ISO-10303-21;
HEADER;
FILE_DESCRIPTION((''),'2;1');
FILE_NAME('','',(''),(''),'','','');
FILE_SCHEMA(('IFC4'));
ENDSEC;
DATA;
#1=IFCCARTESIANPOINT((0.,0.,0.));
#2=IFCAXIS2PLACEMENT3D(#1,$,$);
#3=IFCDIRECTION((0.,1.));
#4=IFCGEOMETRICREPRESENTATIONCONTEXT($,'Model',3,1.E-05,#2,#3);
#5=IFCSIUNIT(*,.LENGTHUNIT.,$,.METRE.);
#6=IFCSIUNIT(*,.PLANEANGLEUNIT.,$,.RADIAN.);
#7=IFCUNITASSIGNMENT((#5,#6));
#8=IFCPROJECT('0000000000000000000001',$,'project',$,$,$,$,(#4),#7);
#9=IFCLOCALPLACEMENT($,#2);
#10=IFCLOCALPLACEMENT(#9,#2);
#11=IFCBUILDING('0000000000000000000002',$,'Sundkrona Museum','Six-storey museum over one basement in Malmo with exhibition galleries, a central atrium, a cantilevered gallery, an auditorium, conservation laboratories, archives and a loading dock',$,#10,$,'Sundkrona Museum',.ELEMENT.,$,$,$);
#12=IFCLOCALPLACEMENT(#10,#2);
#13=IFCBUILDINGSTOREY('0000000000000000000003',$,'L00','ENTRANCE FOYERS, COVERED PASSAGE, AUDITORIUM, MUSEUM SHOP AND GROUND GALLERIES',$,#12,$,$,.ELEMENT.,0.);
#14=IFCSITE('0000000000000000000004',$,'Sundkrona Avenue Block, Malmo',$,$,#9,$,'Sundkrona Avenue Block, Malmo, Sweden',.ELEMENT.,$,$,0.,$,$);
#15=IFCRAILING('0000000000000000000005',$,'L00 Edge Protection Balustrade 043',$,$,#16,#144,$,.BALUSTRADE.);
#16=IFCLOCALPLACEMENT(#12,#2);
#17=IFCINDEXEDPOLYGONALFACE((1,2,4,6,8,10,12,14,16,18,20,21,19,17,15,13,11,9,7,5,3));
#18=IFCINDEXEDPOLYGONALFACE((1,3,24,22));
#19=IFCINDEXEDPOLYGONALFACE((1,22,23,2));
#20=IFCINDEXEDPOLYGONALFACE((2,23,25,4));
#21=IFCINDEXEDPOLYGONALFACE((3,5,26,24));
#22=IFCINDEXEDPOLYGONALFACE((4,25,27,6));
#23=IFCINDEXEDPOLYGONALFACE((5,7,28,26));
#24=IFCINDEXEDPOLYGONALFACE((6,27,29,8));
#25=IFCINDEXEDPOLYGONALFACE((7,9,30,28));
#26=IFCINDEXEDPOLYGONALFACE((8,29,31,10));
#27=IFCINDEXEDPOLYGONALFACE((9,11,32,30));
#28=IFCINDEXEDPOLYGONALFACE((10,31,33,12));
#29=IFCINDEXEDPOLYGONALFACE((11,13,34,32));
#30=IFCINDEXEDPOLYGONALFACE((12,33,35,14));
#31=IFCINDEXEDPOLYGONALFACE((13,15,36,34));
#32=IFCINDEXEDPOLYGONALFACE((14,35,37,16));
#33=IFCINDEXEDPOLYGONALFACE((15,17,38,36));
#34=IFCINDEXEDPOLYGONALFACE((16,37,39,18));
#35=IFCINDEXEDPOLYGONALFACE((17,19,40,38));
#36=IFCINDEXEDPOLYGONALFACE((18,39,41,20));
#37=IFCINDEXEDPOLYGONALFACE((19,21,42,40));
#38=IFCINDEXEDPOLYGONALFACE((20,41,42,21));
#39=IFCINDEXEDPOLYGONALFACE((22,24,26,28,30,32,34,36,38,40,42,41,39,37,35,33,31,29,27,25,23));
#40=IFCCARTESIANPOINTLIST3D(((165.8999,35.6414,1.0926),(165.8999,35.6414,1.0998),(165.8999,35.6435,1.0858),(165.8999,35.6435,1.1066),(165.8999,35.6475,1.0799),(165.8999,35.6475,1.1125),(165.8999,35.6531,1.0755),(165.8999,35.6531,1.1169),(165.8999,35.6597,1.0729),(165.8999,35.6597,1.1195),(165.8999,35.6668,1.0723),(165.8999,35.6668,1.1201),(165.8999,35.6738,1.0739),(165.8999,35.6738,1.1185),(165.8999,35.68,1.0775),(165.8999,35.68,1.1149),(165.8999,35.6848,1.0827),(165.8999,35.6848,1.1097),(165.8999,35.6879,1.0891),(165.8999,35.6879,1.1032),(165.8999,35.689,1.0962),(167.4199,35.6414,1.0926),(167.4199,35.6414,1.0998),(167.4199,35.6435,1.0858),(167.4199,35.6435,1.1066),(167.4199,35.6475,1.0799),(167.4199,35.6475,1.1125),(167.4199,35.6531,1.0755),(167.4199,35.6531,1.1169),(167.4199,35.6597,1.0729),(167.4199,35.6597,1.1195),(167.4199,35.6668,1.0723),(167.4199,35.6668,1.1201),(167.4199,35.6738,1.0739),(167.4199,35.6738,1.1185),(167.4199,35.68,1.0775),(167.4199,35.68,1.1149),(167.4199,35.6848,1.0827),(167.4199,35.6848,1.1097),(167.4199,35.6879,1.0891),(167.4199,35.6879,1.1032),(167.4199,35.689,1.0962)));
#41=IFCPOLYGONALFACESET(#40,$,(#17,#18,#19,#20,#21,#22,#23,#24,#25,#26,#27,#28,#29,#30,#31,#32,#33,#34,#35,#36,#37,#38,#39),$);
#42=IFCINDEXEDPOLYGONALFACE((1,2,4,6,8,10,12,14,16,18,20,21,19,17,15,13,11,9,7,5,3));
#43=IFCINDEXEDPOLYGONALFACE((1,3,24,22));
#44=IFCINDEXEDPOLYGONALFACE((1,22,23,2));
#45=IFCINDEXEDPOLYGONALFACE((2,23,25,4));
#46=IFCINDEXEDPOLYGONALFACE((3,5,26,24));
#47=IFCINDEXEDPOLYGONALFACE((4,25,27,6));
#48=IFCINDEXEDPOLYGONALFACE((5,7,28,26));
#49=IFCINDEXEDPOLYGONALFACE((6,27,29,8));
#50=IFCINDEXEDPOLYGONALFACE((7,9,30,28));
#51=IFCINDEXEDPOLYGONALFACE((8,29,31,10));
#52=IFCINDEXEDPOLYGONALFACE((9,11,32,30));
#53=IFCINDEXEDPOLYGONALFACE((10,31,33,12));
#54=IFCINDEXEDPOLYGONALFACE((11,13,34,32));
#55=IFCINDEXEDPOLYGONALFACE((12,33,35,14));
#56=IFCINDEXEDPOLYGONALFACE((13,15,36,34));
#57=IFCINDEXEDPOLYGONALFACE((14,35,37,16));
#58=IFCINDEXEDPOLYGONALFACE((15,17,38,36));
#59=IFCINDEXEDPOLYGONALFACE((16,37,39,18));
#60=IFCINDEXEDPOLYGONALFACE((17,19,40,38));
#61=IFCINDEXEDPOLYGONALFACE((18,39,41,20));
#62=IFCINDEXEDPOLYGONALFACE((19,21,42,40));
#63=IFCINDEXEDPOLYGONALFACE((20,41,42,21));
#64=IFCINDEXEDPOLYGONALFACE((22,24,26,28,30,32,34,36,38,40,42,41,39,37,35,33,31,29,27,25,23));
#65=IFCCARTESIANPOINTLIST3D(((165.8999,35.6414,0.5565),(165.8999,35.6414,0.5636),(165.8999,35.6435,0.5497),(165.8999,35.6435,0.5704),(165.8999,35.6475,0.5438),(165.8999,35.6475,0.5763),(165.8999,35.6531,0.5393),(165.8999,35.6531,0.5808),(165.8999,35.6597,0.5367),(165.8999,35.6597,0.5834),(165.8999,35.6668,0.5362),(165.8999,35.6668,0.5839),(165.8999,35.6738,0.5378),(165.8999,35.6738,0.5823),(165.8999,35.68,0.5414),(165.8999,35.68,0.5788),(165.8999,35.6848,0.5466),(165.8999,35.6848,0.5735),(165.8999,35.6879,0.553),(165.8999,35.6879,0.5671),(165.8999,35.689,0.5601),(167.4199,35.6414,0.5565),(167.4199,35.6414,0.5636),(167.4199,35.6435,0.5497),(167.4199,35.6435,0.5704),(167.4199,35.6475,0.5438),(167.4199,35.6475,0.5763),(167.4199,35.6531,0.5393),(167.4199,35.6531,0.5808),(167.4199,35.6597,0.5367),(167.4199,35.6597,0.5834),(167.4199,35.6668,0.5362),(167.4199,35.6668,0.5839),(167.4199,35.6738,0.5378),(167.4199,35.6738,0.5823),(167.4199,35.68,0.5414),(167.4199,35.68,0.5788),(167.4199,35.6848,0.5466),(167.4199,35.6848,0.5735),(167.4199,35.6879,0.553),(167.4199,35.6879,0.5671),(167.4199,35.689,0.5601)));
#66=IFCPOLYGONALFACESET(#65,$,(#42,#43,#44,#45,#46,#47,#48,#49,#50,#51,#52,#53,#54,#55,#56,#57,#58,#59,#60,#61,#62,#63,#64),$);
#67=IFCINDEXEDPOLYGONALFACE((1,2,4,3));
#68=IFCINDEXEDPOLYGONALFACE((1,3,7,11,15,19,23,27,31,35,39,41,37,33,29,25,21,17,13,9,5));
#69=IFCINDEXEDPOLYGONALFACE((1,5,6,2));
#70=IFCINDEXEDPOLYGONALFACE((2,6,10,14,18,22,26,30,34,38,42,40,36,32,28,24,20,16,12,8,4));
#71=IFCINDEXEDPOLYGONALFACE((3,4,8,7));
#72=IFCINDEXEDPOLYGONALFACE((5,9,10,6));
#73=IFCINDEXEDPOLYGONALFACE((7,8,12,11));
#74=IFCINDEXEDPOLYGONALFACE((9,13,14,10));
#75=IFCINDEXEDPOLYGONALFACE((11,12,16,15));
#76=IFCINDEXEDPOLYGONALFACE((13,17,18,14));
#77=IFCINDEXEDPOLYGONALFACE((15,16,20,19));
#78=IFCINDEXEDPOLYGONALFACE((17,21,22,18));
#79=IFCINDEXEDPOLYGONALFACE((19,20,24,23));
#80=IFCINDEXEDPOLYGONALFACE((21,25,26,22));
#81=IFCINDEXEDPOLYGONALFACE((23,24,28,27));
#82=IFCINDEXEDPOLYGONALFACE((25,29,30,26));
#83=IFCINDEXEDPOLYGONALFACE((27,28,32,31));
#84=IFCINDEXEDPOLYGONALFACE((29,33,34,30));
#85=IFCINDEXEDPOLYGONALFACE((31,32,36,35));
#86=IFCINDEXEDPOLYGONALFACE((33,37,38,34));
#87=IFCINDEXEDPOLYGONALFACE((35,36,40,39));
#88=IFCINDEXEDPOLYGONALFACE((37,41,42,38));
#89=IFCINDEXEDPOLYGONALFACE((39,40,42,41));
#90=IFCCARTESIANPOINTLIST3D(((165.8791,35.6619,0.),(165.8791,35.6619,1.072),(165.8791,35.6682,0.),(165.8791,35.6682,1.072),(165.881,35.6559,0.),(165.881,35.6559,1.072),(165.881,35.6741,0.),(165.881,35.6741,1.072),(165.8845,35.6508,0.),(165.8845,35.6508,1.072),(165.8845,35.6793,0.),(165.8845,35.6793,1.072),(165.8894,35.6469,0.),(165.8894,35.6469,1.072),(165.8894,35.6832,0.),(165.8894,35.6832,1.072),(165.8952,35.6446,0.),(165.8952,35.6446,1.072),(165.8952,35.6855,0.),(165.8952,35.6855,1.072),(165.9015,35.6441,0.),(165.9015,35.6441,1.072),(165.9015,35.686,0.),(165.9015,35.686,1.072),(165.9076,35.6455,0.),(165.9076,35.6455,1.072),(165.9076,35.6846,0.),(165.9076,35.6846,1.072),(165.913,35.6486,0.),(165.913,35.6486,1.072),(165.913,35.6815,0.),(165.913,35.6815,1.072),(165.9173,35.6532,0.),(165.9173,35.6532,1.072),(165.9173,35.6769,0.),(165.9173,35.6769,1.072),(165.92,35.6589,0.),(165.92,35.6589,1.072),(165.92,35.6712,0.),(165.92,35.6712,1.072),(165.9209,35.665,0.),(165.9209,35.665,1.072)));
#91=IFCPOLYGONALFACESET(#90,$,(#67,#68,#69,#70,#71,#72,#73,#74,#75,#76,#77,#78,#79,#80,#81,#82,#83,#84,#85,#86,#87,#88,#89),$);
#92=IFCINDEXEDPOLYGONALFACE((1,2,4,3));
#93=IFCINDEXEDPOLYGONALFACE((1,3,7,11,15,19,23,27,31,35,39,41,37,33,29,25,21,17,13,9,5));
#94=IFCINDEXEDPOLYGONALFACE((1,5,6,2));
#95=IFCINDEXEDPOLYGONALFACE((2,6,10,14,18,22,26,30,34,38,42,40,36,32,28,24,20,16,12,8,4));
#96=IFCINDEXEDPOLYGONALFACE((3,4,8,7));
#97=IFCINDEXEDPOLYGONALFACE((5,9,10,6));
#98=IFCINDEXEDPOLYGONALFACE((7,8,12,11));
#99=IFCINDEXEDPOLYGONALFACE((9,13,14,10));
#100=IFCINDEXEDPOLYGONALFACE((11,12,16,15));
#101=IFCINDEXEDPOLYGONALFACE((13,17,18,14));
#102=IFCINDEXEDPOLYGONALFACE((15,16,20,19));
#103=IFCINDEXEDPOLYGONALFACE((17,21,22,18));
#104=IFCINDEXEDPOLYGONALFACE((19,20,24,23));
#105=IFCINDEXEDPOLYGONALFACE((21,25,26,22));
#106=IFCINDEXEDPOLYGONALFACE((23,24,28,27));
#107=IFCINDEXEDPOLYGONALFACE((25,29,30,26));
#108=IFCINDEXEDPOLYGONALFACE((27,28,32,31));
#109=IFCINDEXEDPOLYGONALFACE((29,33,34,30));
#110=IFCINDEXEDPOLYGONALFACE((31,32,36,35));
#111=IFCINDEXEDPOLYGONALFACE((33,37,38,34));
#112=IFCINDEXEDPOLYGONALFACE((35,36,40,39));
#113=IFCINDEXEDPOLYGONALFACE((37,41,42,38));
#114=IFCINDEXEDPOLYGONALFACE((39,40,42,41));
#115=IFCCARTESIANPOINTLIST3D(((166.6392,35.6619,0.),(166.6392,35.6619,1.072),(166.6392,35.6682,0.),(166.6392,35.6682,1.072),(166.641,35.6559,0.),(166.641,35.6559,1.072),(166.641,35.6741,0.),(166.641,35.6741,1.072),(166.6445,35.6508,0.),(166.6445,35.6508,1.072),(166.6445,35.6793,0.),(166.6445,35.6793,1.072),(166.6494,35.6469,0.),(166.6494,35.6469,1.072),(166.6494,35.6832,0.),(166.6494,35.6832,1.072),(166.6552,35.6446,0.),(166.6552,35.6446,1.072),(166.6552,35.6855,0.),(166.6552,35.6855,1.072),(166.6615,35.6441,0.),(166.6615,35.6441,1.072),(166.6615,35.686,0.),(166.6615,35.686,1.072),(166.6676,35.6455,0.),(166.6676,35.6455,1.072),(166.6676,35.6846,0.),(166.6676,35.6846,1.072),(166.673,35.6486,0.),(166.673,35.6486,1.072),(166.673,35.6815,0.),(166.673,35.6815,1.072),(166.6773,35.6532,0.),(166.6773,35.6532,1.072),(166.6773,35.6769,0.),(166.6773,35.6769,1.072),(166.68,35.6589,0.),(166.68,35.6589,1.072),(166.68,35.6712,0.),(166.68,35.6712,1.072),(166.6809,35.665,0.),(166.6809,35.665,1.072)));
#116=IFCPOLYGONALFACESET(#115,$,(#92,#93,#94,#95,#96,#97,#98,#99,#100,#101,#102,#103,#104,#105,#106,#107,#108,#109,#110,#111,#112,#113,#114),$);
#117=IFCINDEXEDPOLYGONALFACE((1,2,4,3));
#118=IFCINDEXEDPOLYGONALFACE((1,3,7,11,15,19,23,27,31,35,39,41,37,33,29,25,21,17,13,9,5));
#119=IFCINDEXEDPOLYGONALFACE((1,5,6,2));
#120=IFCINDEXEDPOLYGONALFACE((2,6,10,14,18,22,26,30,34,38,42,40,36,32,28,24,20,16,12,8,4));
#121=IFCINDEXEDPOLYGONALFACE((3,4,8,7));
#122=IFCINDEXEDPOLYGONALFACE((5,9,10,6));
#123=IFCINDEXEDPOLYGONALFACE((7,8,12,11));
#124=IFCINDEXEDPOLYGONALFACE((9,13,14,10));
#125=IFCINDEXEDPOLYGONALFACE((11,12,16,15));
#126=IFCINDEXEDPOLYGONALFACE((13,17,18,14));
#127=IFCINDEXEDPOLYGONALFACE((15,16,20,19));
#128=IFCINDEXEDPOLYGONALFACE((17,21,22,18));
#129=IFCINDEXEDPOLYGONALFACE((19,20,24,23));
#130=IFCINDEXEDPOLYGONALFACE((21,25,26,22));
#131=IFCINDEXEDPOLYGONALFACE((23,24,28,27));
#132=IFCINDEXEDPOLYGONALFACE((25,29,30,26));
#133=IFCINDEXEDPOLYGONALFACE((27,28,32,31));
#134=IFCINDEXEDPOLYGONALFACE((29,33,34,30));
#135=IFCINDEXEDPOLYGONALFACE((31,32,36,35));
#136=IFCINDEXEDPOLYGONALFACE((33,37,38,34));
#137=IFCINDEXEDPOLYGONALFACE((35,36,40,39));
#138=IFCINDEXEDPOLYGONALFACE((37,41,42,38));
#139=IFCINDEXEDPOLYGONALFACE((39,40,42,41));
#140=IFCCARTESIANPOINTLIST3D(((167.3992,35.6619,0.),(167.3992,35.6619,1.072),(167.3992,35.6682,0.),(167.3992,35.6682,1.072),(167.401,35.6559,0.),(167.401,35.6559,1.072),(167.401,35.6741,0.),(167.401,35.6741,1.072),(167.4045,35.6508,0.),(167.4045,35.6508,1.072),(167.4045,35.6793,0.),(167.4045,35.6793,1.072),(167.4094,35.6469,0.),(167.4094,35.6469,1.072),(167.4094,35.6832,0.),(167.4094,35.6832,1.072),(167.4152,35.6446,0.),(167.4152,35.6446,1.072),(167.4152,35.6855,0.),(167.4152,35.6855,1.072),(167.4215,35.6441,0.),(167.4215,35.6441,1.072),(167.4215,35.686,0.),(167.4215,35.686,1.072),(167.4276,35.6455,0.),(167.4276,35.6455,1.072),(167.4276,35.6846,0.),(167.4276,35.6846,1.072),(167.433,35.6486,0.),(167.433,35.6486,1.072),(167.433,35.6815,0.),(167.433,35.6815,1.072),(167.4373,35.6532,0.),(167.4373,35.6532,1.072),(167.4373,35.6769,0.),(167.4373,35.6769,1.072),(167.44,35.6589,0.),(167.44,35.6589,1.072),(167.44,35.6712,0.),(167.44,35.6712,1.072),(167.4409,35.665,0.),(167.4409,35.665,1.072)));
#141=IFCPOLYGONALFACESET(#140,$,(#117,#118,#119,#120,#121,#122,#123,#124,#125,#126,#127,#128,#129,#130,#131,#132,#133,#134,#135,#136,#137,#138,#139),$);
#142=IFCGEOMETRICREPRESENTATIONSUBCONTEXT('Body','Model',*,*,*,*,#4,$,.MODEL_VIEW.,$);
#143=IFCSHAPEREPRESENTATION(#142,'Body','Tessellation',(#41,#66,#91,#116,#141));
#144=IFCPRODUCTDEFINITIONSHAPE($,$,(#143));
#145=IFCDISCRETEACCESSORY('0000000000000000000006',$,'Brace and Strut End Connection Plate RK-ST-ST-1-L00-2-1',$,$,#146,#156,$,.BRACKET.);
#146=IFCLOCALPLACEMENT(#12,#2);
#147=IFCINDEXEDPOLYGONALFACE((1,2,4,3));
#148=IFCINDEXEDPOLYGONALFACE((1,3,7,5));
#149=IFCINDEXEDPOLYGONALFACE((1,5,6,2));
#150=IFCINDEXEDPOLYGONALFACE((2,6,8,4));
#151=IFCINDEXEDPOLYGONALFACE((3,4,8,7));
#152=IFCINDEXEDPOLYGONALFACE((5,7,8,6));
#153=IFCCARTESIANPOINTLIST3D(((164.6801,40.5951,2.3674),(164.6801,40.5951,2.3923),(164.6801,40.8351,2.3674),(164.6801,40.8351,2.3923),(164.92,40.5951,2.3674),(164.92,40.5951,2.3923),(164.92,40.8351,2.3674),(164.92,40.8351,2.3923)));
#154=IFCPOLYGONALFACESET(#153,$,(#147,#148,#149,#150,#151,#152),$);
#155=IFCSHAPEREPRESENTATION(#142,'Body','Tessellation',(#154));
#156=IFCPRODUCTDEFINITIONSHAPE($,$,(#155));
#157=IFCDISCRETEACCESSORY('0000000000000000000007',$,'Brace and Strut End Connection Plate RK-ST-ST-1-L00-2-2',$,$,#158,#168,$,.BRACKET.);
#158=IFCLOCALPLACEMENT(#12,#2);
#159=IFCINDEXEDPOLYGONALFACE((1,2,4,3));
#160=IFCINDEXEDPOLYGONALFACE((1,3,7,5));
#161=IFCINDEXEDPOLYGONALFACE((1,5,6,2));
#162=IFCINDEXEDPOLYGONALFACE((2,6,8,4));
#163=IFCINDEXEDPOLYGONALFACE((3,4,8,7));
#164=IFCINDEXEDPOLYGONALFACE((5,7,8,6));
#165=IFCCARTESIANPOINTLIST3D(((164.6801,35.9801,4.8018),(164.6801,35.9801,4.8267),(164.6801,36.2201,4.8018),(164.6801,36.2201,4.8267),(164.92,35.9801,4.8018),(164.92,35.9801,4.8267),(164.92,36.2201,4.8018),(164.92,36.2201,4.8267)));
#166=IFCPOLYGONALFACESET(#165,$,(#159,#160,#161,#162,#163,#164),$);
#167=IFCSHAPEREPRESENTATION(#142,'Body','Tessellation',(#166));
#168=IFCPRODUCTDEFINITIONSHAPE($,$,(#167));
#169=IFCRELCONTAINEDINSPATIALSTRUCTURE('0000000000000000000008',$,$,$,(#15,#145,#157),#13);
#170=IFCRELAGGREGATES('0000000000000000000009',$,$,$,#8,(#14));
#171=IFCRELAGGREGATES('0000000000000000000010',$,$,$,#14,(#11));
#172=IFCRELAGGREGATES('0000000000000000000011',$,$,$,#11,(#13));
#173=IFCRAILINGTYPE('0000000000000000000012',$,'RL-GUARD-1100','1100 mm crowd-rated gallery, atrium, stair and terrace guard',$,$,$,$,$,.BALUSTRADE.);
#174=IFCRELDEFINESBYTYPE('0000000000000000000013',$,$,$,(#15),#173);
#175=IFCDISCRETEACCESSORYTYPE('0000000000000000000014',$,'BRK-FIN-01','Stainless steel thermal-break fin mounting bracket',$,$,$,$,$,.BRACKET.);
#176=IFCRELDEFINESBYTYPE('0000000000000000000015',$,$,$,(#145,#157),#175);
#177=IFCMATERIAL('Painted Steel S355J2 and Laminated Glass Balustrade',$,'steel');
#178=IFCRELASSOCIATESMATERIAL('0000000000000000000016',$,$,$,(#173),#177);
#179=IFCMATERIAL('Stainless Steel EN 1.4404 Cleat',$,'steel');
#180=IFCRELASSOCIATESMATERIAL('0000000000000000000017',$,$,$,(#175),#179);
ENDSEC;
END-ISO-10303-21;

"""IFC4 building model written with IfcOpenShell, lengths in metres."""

from ifc_helpers import new_model, si_unit, direction, frame, origin, origin_2d, place, context, subcontext, project, spatial, rectangle, circle, extrude, material, type_object, element, save


model = new_model("IFC4")

# Units and contexts
model_context = context("Model", 3, precision=1e-05, world=origin(), true_north=direction((0.0, 1.0)))
body_context = subcontext(model_context, "Body", "Model", "MODEL_VIEW")
ifc_project = project(units=[si_unit("LENGTHUNIT", "METRE"), si_unit("PLANEANGLEUNIT", "RADIAN")], contexts=[model_context])

# Site, building, storey
site_placement = place(None, origin())
site = spatial("IfcSite", under=ifc_project, at=site_placement, Name="Sundkrona Avenue Block, Malmo", LongName="Sundkrona Avenue Block, Malmo, Sweden", CompositionType="ELEMENT", RefElevation=0.0)
building_placement = place(site_placement, origin())
building = spatial("IfcBuilding", under=site, at=building_placement, Name="Sundkrona Museum", Description="Six-storey museum over one basement in Malmo with exhibition galleries, a central atrium, a cantilevered gallery, an auditorium, conservation laboratories, archives and a loading dock", LongName="Sundkrona Museum", CompositionType="ELEMENT")
storey_placement = place(building_placement, origin())
storey = spatial("IfcBuildingStorey", under=building, at=storey_placement, Name="L00", Description="ENTRANCE FOYERS, COVERED PASSAGE, AUDITORIUM, MUSEUM SHOP AND GROUND GALLERIES", CompositionType="ELEMENT", Elevation=0.0)

# Railing
ifc_material_1 = material(Name="Painted Steel S355J2 and Laminated Glass Balustrade", Category="steel")
railing_type_1 = type_object("IfcRailingType", Name="RL-GUARD-1100", Description="1100 mm crowd-rated gallery, atrium, stair and terrace guard", PredefinedType="BALUSTRADE", material=ifc_material_1)
for number, where, name in (
    (1, (165.8999, 35.665, 0.0), "L00 Edge Protection Balustrade 043"),
):
    element("IfcRailing", number, at=place(storey_placement, frame(where)), inside=storey, type_object=railing_type_1, Name=name, PredefinedType="BALUSTRADE", context=body_context, shape_type="SweptSolid", body=[
        extrude(circle(Radius=0.0239, at=origin_2d()), frame((0.0, 0.0, 1.0962), z_axis=(1.0, 0.0, 0.0), x_axis=(0.0, 1.0, 0.0)), (0.0, 0.0, 1.0), 1.52),
        extrude(circle(Radius=0.0239, at=origin_2d()), frame((0.0, 0.0, 0.5601), z_axis=(1.0, 0.0, 0.0), x_axis=(0.0, 1.0, 0.0)), (0.0, 0.0, 1.0), 1.52),
        extrude(circle(Radius=0.021, at=origin_2d()), origin(), (0.0, 0.0, 1.0), 1.072),
        extrude(circle(Radius=0.021, at=origin_2d()), frame((0.76, 0.0, 0.0)), (0.0, 0.0, 1.0), 1.072),
        extrude(circle(Radius=0.021, at=origin_2d()), frame((1.52, 0.0, 0.0)), (0.0, 0.0, 1.0), 1.072),
    ])

# Discrete accessories
ifc_material_2 = material(Name="Stainless Steel EN 1.4404 Cleat", Category="steel")
discrete_accessory_type = type_object("IfcDiscreteAccessoryType", Name="BRK-FIN-01", Description="Stainless steel thermal-break fin mounting bracket", PredefinedType="BRACKET", material=ifc_material_2)
for number, where, z_axis, x_axis, name in (
    (2, (164.8, 40.7151, 2.3674), (0.0, 0.0, 1.0), (1.0, 0.0, 0.0), "Brace and Strut End Connection Plate RK-ST-ST-1-L00-2-1"),
    (3, (164.8, 36.1001, 4.8018), (0.0, 0.0, 1.0), (1.0, 0.0, 0.0), "Brace and Strut End Connection Plate RK-ST-ST-1-L00-2-2"),
):
    element("IfcDiscreteAccessory", number, at=place(storey_placement, frame(where, z_axis=z_axis, x_axis=x_axis)), inside=storey, type_object=discrete_accessory_type, Name=name, PredefinedType="BRACKET", context=body_context, shape_type="SweptSolid", body=[
        extrude(rectangle(XDim=0.24, YDim=0.24, at=origin_2d()), origin(), (0.0, 0.0, 1.0), 0.0249),
    ])

save(model, "model.ifc")
